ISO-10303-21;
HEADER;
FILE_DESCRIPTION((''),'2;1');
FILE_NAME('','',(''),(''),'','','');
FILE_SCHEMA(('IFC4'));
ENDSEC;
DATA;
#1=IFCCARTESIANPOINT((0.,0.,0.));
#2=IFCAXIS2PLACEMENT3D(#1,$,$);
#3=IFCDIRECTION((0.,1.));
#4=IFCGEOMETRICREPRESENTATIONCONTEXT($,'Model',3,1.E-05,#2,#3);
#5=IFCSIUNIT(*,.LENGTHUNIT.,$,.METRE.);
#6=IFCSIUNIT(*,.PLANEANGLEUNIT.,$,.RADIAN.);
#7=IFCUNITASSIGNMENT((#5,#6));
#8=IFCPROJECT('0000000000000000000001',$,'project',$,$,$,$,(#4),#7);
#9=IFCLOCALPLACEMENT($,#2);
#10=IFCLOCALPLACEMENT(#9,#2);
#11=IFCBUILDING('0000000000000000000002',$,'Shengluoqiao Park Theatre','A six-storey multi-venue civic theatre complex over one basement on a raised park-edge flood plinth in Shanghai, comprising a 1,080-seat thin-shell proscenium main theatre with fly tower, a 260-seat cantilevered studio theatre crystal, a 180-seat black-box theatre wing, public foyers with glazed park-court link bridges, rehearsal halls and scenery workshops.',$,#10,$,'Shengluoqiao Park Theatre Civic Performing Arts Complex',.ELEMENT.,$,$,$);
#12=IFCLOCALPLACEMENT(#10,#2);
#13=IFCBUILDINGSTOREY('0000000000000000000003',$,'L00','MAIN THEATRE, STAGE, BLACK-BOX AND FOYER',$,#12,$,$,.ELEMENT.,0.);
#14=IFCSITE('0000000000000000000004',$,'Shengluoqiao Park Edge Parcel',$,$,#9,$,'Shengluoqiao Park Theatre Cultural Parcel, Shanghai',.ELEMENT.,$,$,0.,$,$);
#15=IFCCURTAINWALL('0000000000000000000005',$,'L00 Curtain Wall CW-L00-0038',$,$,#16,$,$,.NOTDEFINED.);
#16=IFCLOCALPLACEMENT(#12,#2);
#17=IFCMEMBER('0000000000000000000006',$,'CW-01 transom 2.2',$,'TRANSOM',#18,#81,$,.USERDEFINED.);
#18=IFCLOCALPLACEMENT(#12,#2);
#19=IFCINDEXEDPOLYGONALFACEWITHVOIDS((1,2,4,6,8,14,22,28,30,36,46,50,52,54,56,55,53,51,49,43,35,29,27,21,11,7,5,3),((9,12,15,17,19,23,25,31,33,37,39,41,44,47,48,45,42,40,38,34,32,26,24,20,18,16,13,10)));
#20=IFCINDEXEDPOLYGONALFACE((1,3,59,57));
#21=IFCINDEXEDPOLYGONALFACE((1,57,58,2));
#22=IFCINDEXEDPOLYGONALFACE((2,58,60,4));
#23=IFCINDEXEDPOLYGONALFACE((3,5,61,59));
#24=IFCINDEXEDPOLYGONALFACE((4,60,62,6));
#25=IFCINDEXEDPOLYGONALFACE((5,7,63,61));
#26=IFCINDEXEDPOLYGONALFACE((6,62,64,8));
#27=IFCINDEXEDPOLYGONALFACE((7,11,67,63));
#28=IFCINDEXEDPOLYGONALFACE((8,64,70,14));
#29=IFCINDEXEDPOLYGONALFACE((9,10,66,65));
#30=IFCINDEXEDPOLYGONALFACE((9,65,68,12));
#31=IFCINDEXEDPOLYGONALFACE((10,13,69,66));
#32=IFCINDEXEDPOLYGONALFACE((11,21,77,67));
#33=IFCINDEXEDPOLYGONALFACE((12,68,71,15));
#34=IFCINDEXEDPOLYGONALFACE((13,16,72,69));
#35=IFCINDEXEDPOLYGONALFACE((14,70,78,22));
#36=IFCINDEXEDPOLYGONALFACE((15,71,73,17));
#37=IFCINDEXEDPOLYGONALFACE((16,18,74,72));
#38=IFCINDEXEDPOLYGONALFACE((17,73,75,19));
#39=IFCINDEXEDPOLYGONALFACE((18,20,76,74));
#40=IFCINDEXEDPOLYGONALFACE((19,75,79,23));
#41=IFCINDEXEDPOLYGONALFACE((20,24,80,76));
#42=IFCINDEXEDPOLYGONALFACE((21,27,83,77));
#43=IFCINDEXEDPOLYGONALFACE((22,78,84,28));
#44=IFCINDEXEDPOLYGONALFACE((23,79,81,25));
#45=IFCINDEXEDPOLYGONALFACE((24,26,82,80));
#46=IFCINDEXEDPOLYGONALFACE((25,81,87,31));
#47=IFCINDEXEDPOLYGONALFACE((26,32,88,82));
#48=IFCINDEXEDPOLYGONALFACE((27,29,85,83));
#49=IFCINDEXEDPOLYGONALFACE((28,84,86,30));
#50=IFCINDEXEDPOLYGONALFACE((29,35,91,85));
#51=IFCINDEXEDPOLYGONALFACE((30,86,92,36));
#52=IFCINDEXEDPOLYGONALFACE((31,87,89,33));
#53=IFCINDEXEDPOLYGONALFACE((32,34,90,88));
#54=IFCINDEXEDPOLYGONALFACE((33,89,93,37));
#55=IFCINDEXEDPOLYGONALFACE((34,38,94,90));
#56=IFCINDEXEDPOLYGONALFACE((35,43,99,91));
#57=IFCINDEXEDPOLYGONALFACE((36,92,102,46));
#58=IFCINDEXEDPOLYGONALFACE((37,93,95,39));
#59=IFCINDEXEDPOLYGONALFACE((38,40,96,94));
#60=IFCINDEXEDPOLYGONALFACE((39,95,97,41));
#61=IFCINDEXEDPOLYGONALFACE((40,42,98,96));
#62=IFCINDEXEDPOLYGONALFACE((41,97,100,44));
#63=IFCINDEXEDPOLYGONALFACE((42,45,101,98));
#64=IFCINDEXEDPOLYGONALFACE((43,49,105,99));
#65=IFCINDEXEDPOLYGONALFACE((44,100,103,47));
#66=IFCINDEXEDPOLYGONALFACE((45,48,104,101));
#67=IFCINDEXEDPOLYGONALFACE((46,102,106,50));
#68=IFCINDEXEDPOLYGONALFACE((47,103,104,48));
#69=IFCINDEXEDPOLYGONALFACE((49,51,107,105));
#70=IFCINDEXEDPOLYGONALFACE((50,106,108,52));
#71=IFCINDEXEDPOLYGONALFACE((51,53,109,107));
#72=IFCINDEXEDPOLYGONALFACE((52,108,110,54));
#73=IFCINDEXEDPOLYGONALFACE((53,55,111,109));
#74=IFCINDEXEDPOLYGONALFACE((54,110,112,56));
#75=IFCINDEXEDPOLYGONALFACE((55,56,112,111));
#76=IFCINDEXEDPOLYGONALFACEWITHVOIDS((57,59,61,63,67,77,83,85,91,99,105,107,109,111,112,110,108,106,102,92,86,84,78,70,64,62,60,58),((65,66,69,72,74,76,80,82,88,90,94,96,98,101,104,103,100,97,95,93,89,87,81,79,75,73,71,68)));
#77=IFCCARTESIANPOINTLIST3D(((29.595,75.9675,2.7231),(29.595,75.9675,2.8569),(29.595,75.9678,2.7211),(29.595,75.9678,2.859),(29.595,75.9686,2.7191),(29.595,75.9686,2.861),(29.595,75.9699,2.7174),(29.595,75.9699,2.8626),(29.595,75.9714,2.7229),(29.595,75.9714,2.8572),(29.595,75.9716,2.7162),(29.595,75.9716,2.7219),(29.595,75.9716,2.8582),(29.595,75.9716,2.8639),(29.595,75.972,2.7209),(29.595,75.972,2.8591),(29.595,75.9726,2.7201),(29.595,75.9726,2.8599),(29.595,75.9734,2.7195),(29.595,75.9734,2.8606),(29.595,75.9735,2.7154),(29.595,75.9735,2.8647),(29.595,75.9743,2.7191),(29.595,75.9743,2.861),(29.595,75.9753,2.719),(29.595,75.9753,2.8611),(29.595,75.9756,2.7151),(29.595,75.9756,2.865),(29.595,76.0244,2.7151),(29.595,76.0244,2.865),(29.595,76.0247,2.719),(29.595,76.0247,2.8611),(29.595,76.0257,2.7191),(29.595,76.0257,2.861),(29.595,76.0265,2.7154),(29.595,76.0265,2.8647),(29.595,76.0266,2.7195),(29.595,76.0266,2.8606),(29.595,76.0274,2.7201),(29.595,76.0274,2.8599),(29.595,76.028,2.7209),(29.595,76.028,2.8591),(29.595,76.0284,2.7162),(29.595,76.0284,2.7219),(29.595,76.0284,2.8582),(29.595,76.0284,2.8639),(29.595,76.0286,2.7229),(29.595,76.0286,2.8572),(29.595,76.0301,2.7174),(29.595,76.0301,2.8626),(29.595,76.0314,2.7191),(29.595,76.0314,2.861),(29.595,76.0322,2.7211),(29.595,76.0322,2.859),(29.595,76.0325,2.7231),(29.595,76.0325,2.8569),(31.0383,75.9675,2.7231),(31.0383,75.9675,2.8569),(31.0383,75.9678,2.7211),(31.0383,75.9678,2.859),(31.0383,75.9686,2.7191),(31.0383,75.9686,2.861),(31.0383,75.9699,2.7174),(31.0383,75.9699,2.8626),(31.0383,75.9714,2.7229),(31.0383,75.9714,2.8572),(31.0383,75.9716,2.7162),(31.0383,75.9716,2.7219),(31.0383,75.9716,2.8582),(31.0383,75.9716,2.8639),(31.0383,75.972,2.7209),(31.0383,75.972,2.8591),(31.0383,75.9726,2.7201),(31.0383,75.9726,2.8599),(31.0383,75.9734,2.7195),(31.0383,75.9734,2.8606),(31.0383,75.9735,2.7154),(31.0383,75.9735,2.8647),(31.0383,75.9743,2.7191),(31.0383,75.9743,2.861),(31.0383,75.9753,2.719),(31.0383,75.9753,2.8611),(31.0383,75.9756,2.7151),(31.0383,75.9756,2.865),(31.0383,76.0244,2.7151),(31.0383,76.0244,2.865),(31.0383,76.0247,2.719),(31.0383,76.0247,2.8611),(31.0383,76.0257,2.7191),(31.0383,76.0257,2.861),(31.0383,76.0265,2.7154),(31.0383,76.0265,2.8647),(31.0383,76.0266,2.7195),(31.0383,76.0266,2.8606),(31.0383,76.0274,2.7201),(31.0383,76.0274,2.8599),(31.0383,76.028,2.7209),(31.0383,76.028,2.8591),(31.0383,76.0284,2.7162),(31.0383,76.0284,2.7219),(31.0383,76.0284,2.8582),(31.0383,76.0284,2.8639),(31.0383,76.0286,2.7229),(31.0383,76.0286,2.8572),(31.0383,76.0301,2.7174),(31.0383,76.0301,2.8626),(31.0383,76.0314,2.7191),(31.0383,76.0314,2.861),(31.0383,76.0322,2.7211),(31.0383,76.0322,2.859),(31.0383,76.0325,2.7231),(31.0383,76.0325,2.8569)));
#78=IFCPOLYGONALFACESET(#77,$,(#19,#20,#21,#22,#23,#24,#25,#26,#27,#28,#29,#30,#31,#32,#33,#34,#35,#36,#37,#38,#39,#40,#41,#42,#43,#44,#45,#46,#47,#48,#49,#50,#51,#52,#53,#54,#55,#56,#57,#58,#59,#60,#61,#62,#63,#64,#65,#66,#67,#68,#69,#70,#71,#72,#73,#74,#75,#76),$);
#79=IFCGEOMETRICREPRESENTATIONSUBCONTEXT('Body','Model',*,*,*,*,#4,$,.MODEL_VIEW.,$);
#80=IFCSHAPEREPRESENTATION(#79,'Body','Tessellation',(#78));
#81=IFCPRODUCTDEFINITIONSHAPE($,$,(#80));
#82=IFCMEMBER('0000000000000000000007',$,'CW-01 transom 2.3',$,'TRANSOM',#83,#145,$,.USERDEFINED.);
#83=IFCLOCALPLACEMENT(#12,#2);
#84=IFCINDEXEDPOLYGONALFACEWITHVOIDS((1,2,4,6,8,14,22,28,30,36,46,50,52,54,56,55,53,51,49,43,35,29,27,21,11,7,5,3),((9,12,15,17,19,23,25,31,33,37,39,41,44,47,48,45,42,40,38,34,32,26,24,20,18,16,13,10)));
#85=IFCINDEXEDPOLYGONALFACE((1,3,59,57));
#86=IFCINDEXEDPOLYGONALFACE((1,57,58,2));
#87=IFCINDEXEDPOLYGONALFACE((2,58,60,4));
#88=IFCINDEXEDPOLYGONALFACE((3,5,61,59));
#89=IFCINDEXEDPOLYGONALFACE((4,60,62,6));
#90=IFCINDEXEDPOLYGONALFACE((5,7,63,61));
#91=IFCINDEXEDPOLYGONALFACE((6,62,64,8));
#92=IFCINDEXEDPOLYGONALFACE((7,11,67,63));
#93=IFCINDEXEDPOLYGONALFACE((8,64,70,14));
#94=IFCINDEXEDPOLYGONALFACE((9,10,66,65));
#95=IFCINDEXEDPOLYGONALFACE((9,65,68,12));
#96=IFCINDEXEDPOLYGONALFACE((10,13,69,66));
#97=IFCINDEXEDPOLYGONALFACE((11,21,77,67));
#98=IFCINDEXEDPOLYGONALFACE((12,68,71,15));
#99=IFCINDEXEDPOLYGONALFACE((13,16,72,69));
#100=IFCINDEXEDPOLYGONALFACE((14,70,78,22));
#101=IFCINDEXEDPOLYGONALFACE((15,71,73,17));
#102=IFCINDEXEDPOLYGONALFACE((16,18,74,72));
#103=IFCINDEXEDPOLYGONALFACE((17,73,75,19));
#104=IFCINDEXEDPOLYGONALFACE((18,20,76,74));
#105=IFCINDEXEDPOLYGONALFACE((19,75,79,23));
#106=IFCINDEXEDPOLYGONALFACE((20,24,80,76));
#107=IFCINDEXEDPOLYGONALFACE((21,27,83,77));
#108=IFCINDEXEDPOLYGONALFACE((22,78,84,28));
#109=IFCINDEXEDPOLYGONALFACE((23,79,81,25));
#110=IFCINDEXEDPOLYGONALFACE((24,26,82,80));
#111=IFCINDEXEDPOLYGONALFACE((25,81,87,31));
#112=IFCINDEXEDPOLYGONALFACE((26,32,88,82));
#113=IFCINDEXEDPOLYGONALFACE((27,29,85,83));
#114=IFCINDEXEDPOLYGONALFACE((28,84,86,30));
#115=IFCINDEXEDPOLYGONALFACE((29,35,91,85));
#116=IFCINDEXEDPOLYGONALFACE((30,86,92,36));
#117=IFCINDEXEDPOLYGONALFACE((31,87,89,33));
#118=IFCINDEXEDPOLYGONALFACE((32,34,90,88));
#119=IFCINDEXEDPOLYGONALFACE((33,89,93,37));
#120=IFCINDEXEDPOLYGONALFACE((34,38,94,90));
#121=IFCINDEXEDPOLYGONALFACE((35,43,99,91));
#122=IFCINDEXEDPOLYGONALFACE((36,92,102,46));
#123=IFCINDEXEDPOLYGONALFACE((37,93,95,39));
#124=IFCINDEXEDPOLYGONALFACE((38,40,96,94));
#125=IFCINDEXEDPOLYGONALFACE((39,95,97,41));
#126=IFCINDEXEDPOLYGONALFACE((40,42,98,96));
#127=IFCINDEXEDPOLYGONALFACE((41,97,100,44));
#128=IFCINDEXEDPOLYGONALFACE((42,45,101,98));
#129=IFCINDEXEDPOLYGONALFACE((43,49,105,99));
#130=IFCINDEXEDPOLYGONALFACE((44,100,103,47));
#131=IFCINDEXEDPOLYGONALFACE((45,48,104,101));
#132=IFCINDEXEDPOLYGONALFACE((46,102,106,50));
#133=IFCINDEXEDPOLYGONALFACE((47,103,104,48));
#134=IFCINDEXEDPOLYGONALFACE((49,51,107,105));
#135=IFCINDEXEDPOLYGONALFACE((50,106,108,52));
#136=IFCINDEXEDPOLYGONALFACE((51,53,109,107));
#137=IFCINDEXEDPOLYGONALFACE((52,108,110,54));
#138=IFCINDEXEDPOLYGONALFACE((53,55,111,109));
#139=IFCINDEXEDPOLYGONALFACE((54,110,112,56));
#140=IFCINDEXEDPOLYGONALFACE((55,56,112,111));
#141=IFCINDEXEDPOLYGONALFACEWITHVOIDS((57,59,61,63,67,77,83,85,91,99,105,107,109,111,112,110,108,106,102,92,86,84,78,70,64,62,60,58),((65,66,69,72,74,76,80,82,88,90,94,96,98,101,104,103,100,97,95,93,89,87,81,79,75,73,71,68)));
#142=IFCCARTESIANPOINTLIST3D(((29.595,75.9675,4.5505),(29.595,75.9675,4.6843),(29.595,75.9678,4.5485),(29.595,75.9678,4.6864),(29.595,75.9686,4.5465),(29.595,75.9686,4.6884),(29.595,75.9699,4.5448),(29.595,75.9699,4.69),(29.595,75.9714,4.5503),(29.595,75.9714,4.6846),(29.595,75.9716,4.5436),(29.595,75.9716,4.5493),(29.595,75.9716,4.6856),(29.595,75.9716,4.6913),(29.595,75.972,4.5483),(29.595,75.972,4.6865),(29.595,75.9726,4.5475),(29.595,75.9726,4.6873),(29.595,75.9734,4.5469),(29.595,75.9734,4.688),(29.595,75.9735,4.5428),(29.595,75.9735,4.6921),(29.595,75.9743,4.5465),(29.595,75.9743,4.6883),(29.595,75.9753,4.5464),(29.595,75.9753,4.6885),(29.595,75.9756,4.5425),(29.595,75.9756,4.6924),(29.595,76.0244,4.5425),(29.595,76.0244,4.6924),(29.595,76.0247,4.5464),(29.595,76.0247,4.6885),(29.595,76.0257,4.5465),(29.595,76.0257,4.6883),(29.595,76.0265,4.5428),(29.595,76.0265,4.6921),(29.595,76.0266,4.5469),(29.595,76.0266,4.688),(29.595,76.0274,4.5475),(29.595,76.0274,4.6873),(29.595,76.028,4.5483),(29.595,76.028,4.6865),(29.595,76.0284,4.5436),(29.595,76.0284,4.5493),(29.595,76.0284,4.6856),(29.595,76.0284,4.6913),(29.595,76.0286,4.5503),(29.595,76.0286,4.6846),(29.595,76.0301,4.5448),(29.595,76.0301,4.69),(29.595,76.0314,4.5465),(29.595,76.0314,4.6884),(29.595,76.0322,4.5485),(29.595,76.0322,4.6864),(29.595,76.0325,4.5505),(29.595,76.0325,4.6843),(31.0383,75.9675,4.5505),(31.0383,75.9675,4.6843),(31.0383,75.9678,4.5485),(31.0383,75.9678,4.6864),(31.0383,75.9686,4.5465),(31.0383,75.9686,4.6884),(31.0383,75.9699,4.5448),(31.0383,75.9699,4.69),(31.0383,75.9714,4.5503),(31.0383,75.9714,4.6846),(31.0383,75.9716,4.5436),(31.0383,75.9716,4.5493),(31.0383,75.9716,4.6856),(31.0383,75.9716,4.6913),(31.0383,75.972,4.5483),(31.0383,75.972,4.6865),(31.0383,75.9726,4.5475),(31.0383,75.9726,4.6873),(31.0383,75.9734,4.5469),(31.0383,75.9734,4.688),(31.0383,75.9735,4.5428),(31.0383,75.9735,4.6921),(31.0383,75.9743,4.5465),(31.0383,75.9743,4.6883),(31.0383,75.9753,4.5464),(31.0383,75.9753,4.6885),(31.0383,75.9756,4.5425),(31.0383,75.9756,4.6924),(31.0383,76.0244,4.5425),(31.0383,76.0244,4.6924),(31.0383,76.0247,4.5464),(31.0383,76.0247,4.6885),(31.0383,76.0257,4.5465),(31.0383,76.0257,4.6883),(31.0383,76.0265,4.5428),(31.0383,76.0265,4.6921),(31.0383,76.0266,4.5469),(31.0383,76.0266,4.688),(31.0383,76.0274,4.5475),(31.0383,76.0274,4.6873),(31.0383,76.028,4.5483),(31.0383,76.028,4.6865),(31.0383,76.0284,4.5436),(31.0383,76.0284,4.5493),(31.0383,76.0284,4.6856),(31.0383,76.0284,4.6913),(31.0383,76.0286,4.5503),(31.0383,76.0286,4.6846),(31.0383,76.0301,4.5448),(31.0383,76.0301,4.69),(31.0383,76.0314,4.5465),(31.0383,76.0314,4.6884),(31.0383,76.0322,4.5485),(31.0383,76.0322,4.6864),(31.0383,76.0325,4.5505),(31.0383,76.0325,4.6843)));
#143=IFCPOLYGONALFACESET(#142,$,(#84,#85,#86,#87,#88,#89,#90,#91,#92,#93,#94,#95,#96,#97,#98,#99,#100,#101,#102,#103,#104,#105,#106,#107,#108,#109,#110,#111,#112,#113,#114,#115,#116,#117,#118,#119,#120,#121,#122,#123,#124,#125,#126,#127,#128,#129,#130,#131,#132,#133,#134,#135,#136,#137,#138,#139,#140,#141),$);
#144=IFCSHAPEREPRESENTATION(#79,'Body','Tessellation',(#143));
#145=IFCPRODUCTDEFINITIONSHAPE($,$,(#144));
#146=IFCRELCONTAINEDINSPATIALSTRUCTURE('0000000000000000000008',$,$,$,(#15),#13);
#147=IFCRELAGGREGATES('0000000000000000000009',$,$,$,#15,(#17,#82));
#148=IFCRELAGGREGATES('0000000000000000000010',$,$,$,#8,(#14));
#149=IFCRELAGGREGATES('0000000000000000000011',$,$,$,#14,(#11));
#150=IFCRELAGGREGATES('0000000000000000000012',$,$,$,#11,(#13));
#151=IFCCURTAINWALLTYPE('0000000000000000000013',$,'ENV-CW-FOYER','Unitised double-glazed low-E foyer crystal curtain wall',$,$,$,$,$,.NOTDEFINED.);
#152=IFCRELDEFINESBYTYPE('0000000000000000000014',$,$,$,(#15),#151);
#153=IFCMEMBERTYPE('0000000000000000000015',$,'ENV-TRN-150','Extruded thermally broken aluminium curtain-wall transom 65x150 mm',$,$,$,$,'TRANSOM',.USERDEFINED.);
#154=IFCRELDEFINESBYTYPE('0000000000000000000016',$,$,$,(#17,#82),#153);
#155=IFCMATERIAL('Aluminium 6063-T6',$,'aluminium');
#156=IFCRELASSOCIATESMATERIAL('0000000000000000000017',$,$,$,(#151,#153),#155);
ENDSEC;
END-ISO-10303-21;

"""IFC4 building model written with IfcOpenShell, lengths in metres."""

from ifc_helpers import new_model, si_unit, direction, frame, origin, origin_2d, place, context, subcontext, project, spatial, hollow_rectangle, extrude, material, material_profile, profile_set, type_object, element, aggregate, save


model = new_model("IFC4")

# Units and contexts
model_context = context("Model", 3, precision=1e-05, world=origin(), true_north=direction((0.0, 1.0)))
body_context = subcontext(model_context, "Body", "Model", "MODEL_VIEW")
ifc_project = project(units=[si_unit("LENGTHUNIT", "METRE"), si_unit("PLANEANGLEUNIT", "RADIAN")], contexts=[model_context])

# Site, building, storey
site_placement = place(None, origin())
site = spatial("IfcSite", under=ifc_project, at=site_placement, Name="Shengluoqiao Park Edge Parcel", LongName="Shengluoqiao Park Theatre Cultural Parcel, Shanghai", CompositionType="ELEMENT", RefElevation=0.0)
building_placement = place(site_placement, origin())
building = spatial("IfcBuilding", under=site, at=building_placement, Name="Shengluoqiao Park Theatre", Description="A six-storey multi-venue civic theatre complex over one basement on a raised park-edge flood plinth in Shanghai, comprising a 1,080-seat thin-shell proscenium main theatre with fly tower, a 260-seat cantilevered studio theatre crystal, a 180-seat black-box theatre wing, public foyers with glazed park-court link bridges, rehearsal halls and scenery workshops.", LongName="Shengluoqiao Park Theatre Civic Performing Arts Complex", CompositionType="ELEMENT")
storey_placement = place(building_placement, origin())
storey = spatial("IfcBuildingStorey", under=building, at=storey_placement, Name="L00", Description="MAIN THEATRE, STAGE, BLACK-BOX AND FOYER", CompositionType="ELEMENT", Elevation=0.0)

# Curtain wall, members
ifc_material_1 = material(Name="Aluminium 6063-T6", Category="aluminium")
curtain_wall_type = type_object("IfcCurtainWallType", Name="ENV-CW-FOYER", Description="Unitised double-glazed low-E foyer crystal curtain wall", PredefinedType="NOTDEFINED", material=ifc_material_1)
curtain_wall_placement = place(storey_placement, origin())
curtain_wall = element("IfcCurtainWall", 1, at=curtain_wall_placement, inside=storey, type_object=curtain_wall_type, Name="L00 Curtain Wall CW-L00-0038", PredefinedType="NOTDEFINED")
ifc_material_profile_1 = material_profile(ifc_material_1, hollow_rectangle(XDim=0.0649, YDim=0.1499, WallThickness=0.0039, InnerFilletRadius=0.0039, OuterFilletRadius=0.0081, at=origin_2d()), Name="ALU TRANSOM 150x65x4")
ifc_profile_set_1 = profile_set([ifc_material_profile_1], Name="Aluminium 6063-T6")
member_type_1 = type_object("IfcMemberType", Name="ENV-TRN-150", Description="Extruded thermally broken aluminium curtain-wall transom 65x150 mm", ElementType="TRANSOM", PredefinedType="USERDEFINED", material=ifc_profile_set_1)
member_1_placement = place(storey_placement, frame((29.595, 76.0, 2.79), z_axis=(1.0, 0.0, 0.0), x_axis=(0.0, 1.0, 0.0)))
member_1 = element("IfcMember", 2, at=member_1_placement, type_object=member_type_1, Name="CW-01 transom 2.2", ObjectType="TRANSOM", PredefinedType="USERDEFINED", context=body_context, shape_type="SweptSolid", body=[
    extrude(hollow_rectangle(XDim=0.0649, YDim=0.1499, WallThickness=0.0039, InnerFilletRadius=0.0039, OuterFilletRadius=0.0081, at=origin_2d()), origin(), (0.0, 0.0, 1.0), 1.4434),
])
member_2_placement = place(storey_placement, frame((29.595, 76.0, 4.6174), z_axis=(1.0, 0.0, 0.0), x_axis=(0.0, 1.0, 0.0)))
member_2 = element("IfcMember", 3, at=member_2_placement, type_object=member_type_1, Name="CW-01 transom 2.3", ObjectType="TRANSOM", PredefinedType="USERDEFINED", context=body_context, shape_type="SweptSolid", body=[
    extrude(hollow_rectangle(XDim=0.0649, YDim=0.1499, WallThickness=0.0039, InnerFilletRadius=0.0039, OuterFilletRadius=0.0081, at=origin_2d()), origin(), (0.0, 0.0, 1.0), 1.4434),
])
aggregate(curtain_wall, [member_1, member_2])

save(model, "model.ifc")
